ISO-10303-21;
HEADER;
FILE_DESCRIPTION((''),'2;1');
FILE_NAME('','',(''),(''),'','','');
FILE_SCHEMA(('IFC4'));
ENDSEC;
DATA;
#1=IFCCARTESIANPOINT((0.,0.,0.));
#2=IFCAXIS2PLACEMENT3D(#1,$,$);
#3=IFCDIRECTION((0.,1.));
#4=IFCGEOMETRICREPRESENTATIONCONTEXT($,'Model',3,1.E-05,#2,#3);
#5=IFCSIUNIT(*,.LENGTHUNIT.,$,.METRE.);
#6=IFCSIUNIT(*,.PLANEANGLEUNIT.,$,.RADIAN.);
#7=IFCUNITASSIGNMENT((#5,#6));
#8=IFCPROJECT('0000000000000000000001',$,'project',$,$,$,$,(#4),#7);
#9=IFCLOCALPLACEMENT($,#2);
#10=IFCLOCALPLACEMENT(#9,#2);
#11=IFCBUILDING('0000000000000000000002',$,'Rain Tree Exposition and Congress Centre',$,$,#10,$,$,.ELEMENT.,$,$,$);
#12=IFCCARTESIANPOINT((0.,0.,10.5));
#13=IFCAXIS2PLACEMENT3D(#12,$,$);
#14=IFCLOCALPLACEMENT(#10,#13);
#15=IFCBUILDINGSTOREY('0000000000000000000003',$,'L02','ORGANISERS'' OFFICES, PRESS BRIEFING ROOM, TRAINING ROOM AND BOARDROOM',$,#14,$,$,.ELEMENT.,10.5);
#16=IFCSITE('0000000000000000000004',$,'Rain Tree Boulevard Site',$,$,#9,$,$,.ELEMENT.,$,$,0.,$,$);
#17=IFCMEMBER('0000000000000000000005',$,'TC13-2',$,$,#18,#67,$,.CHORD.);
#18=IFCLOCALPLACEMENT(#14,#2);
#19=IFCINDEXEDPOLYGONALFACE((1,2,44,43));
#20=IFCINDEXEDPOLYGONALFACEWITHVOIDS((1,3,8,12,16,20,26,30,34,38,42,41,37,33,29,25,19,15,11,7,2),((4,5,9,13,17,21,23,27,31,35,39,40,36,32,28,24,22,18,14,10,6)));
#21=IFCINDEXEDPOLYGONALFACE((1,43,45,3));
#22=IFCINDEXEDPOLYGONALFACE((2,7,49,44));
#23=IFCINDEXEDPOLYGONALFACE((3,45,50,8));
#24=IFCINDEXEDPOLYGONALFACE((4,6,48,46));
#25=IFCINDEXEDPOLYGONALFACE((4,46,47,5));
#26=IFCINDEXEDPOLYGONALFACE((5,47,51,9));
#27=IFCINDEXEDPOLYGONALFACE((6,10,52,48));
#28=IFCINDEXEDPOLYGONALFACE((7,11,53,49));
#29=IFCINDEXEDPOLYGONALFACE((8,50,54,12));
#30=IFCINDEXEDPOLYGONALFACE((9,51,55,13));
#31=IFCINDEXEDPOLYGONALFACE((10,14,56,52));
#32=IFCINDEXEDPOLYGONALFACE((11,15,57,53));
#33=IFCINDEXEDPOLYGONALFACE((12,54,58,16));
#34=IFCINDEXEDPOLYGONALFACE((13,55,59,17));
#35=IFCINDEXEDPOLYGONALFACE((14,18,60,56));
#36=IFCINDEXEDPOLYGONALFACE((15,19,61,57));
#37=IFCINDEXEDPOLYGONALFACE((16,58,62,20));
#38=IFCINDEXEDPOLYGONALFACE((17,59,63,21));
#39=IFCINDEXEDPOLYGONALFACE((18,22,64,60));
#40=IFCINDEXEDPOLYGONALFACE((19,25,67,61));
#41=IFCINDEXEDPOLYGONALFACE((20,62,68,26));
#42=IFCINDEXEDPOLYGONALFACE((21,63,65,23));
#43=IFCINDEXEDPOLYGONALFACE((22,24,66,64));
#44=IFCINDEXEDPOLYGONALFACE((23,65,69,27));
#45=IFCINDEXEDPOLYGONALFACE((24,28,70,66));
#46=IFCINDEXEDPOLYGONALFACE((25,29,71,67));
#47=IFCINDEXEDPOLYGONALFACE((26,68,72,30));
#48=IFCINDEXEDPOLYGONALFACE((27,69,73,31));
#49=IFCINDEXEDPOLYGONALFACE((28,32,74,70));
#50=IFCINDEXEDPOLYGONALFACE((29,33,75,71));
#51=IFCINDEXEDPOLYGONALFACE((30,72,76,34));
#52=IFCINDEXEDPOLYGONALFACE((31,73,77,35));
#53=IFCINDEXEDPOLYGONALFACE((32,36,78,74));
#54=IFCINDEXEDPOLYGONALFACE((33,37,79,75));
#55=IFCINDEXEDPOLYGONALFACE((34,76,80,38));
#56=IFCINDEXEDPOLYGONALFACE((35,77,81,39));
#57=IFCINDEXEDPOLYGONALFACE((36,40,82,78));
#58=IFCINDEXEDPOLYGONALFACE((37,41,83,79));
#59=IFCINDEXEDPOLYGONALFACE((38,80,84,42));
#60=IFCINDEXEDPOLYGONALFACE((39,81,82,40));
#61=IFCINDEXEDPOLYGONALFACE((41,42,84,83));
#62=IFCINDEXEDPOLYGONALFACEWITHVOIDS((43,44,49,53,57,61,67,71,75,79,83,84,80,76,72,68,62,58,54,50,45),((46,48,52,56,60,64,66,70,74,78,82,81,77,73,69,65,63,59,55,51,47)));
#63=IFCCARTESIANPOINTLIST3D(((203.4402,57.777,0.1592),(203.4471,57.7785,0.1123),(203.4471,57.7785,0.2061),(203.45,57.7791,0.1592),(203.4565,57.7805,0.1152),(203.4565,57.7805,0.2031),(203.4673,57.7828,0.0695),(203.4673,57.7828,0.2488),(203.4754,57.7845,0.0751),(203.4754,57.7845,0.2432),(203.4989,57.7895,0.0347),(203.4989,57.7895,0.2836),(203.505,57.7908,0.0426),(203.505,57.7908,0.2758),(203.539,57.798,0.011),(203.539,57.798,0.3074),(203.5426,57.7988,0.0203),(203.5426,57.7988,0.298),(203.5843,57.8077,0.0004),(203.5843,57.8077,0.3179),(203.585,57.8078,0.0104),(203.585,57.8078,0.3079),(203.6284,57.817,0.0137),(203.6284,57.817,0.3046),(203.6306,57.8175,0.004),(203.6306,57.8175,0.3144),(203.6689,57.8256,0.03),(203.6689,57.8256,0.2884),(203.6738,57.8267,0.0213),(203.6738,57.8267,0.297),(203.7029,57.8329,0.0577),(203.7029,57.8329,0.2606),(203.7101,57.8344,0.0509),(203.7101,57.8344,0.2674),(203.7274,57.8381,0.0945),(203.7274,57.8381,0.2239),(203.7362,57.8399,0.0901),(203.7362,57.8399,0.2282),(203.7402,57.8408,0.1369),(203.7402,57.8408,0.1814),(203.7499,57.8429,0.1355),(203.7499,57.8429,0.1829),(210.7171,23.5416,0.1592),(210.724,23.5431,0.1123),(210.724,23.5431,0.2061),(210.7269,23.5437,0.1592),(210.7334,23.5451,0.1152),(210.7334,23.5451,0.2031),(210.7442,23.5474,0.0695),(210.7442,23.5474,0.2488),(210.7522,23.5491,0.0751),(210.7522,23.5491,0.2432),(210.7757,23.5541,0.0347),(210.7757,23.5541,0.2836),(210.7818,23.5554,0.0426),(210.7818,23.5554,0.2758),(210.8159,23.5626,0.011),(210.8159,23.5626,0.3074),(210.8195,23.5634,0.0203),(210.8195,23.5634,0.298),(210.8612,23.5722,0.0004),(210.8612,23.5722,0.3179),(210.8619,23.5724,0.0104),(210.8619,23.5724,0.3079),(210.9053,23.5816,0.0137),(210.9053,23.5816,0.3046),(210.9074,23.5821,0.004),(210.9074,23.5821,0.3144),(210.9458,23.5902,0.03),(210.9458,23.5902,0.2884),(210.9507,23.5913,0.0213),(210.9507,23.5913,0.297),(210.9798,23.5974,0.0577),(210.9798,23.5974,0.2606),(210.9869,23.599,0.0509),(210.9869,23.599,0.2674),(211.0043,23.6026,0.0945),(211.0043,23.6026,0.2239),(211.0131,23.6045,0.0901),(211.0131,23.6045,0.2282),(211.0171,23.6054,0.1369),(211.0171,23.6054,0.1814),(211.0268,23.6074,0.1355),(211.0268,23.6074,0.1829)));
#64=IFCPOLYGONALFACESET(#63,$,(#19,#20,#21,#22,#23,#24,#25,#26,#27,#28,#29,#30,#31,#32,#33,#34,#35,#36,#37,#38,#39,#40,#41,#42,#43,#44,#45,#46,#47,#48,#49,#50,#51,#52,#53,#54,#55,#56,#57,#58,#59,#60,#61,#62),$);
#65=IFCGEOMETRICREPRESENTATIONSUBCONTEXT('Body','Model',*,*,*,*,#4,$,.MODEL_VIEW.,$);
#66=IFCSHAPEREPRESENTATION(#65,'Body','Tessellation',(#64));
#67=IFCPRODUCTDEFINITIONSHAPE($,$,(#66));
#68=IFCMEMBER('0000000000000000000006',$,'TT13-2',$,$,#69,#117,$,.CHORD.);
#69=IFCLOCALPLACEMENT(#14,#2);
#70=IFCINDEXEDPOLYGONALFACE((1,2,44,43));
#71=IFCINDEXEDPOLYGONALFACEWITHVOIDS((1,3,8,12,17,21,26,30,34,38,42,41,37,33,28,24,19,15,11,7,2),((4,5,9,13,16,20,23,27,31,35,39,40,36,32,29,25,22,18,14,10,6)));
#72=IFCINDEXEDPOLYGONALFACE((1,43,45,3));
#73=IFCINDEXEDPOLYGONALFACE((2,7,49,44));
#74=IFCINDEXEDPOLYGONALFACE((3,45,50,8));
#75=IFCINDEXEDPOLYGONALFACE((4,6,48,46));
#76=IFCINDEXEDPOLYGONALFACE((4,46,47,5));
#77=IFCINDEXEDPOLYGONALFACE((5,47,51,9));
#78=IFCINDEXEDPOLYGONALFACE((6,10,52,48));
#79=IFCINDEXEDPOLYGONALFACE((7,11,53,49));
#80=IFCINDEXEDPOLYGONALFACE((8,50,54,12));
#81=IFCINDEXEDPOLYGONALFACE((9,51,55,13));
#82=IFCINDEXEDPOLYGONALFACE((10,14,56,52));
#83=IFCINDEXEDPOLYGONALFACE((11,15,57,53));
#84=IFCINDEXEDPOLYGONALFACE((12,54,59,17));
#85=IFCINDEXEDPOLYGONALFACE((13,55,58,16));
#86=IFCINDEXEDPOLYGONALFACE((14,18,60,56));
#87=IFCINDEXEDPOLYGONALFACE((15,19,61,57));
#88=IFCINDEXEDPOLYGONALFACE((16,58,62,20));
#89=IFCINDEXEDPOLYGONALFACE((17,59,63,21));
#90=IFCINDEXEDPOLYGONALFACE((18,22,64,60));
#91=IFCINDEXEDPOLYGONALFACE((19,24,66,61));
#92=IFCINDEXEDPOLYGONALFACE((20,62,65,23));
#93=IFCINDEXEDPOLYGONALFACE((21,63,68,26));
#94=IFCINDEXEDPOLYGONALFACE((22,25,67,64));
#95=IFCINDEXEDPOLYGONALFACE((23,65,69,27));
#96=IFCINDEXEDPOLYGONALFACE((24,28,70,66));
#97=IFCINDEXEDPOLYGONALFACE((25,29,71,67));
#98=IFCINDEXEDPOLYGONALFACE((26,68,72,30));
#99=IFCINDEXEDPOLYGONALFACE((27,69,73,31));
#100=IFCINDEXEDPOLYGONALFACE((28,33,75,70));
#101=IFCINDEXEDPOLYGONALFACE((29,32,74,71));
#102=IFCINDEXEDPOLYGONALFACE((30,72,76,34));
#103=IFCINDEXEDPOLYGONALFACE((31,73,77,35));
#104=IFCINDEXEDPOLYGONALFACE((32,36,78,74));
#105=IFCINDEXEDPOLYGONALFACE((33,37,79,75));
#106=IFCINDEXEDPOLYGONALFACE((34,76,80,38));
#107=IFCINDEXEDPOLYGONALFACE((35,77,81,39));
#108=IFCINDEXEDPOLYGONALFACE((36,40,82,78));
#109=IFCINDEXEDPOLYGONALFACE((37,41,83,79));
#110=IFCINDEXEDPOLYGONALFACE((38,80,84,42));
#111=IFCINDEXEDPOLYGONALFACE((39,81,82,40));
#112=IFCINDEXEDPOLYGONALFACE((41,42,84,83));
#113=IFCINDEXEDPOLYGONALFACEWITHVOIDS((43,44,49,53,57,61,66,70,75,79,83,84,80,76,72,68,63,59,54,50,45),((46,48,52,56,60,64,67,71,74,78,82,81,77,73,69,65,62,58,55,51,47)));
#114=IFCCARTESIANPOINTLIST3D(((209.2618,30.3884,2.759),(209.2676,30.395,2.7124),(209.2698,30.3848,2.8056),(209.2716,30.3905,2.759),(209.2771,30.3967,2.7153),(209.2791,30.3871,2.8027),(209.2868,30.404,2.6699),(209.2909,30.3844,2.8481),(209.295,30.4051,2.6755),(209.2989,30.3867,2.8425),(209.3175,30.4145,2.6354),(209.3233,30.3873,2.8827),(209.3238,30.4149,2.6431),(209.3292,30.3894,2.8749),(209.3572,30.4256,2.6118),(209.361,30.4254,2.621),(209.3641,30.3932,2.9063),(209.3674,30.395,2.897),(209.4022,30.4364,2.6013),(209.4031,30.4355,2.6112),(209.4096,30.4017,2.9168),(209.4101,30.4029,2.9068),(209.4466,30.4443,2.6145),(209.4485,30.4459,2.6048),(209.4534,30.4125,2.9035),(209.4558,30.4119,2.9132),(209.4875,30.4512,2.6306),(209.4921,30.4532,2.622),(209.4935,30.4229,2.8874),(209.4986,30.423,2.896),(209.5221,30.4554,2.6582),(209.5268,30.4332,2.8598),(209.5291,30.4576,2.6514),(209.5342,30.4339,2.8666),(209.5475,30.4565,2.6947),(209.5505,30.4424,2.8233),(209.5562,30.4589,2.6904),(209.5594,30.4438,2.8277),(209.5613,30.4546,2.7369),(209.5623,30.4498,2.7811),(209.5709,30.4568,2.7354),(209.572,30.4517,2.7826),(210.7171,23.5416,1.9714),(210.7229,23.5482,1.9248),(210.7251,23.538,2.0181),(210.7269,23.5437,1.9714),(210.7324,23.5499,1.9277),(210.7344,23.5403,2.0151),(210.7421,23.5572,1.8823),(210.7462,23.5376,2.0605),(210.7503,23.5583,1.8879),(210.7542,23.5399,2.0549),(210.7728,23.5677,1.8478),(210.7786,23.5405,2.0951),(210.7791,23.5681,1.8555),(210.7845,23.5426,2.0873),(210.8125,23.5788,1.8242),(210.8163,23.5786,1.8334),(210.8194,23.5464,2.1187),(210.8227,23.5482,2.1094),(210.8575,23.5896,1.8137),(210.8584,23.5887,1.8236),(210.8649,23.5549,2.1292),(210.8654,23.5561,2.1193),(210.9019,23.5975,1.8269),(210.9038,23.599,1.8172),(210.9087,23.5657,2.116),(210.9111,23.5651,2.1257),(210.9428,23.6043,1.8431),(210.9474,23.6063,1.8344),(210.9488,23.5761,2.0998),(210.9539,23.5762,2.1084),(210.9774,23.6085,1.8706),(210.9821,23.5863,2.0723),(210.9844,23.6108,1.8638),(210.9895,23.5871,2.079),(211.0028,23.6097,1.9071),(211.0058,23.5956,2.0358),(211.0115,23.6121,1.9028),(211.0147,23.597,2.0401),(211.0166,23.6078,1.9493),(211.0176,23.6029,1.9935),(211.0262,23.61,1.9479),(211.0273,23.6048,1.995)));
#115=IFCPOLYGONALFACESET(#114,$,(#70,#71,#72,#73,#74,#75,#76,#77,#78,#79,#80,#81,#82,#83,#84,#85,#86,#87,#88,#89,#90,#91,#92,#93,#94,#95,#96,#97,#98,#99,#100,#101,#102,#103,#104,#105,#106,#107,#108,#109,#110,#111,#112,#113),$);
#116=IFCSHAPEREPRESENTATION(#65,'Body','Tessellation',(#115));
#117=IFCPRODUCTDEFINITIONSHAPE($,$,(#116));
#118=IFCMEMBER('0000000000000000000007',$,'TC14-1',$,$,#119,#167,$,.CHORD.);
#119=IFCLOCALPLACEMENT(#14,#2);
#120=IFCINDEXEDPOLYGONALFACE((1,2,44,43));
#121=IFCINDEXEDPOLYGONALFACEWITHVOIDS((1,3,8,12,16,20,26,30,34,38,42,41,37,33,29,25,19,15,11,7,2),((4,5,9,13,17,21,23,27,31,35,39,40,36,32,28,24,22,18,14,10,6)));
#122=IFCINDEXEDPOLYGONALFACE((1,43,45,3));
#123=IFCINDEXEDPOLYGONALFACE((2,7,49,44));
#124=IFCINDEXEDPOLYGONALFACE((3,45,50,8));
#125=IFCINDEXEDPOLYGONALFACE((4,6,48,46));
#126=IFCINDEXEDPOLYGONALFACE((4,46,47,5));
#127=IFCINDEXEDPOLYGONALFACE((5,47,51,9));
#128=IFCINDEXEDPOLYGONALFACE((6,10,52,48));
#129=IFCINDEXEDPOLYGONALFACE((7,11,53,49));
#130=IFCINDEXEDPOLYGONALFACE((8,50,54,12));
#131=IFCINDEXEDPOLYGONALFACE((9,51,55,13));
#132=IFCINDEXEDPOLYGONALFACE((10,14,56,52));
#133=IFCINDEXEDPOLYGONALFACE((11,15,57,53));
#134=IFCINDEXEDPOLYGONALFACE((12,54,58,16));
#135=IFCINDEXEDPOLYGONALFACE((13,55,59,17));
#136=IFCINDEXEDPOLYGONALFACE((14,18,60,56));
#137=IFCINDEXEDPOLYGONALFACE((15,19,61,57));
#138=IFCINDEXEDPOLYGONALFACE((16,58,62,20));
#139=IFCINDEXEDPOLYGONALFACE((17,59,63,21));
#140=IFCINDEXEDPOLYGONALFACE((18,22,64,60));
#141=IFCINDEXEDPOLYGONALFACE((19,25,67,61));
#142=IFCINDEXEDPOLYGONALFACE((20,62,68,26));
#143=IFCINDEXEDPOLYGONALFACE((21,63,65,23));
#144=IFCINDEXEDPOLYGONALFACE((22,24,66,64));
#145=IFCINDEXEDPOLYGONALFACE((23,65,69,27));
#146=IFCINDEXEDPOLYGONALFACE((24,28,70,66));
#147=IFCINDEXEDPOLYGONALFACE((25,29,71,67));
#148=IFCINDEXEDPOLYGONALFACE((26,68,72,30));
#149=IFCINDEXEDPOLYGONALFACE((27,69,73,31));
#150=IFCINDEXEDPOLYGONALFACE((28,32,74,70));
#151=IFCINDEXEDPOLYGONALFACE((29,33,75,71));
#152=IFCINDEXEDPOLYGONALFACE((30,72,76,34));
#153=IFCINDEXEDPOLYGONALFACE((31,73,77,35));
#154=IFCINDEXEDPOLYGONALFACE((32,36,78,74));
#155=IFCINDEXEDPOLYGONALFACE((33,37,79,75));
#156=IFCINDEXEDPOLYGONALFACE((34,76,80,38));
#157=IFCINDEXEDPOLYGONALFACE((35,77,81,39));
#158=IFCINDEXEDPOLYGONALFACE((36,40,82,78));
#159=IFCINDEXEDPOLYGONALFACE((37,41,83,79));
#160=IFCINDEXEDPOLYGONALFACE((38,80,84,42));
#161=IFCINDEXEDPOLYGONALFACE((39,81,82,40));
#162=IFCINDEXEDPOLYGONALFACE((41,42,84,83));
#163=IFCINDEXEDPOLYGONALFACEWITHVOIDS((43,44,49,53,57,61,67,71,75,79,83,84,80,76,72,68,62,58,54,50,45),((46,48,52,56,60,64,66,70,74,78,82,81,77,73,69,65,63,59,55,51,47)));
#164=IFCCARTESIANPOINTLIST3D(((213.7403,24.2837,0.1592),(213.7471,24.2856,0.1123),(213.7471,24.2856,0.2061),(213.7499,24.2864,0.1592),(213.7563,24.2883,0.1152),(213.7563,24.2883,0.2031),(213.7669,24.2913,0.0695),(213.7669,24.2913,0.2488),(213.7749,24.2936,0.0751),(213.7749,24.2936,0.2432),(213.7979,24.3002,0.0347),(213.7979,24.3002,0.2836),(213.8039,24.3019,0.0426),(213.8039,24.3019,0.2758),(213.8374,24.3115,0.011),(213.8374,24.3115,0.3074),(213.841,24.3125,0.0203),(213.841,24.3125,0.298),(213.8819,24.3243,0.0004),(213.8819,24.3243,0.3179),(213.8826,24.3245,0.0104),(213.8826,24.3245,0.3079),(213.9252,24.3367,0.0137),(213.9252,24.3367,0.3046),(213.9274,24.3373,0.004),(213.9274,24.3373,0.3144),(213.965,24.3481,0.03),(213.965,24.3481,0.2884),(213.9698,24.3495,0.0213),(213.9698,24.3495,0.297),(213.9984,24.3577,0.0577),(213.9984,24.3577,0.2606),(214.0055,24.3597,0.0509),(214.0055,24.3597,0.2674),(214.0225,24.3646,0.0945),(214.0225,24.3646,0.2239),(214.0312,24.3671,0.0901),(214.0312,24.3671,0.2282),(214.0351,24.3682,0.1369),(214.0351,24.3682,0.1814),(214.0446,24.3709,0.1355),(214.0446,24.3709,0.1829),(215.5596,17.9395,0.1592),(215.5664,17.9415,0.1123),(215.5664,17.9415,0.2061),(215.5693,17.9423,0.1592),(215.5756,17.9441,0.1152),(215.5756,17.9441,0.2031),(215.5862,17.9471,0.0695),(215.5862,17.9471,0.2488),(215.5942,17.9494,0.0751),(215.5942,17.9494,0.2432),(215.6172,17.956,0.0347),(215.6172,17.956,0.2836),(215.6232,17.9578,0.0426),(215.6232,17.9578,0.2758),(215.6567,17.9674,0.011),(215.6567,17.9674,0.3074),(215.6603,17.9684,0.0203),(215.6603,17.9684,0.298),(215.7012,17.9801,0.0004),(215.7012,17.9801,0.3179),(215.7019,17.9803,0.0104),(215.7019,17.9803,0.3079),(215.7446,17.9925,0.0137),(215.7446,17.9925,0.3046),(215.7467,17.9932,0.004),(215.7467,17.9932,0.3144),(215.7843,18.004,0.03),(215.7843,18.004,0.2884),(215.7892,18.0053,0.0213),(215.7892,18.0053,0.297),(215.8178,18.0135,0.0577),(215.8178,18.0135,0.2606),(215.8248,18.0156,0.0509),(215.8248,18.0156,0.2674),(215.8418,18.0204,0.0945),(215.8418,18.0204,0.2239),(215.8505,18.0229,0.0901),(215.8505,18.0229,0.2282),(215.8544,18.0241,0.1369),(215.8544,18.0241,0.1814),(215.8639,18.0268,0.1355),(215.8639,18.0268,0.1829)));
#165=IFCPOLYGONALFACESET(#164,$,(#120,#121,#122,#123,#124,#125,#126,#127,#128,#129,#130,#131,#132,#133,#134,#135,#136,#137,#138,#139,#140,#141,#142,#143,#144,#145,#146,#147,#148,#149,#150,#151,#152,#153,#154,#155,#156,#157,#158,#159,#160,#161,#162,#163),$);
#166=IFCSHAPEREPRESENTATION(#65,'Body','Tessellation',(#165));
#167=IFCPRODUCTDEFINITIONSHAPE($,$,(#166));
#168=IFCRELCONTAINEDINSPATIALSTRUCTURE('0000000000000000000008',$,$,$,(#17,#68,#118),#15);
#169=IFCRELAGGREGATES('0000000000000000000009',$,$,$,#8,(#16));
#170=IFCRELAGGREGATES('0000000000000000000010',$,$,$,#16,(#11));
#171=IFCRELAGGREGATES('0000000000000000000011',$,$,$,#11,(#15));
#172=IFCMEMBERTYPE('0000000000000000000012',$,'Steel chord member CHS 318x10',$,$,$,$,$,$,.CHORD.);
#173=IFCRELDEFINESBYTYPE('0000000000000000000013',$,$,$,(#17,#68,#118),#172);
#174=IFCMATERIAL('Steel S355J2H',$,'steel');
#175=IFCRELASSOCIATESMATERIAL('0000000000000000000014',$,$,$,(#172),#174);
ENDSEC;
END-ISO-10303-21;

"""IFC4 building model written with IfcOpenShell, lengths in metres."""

from ifc_helpers import new_model, si_unit, direction, frame, origin, origin_2d, place, context, subcontext, project, spatial, hollow_circle, extrude, material, material_profile, profile_set, type_object, element, save


model = new_model("IFC4")

# Units and contexts
model_context = context("Model", 3, precision=1e-05, world=origin(), true_north=direction((0.0, 1.0)))
body_context = subcontext(model_context, "Body", "Model", "MODEL_VIEW")
ifc_project = project(units=[si_unit("LENGTHUNIT", "METRE"), si_unit("PLANEANGLEUNIT", "RADIAN")], contexts=[model_context])

# Site, building, storey
site_placement = place(None, origin())
site = spatial("IfcSite", under=ifc_project, at=site_placement, Name="Rain Tree Boulevard Site", CompositionType="ELEMENT", RefElevation=0.0)
building_placement = place(site_placement, origin())
building = spatial("IfcBuilding", under=site, at=building_placement, Name="Rain Tree Exposition and Congress Centre", CompositionType="ELEMENT")
storey_placement = place(building_placement, frame((0.0, 0.0, 10.5)))
storey = spatial("IfcBuildingStorey", under=building, at=storey_placement, Name="L02", Description="ORGANISERS' OFFICES, PRESS BRIEFING ROOM, TRAINING ROOM AND BOARDROOM", CompositionType="ELEMENT", Elevation=10.5)

# Members
ifc_material_1 = material(Name="Steel S355J2H", Category="steel")
ifc_material_profile_1 = material_profile(ifc_material_1, hollow_circle(Radius=0.1592, WallThickness=0.01, at=origin_2d()), Name="CHS 318x10")
ifc_profile_set_1 = profile_set([ifc_material_profile_1], Name="Steel S355J2H")
member_type_1 = type_object("IfcMemberType", Name="Steel chord member CHS 318x10", PredefinedType="CHORD", material=ifc_profile_set_1)
member_1_placement = place(storey_placement, frame((210.8728, 23.5747, 0.1592), z_axis=(-0.207909, 0.978148, 0.0), x_axis=(-0.978148, -0.207909, 0.0)))
element("IfcMember", 1, at=member_1_placement, inside=storey, type_object=member_type_1, Name="TC13-2", PredefinedType="CHORD", context=body_context, shape_type="SweptSolid", body=[
    extrude(hollow_circle(Radius=0.1592, WallThickness=0.01, at=origin_2d()), origin(), (0.0, 0.0, 1.0), 35.0002),
])
member_2_placement = place(storey_placement, frame((210.8728, 23.5747, 1.9714), z_axis=(-0.206603, 0.972015, 0.11181), x_axis=(-0.978149, -0.207907, 0.0)))
element("IfcMember", 2, at=member_2_placement, inside=storey, type_object=member_type_1, Name="TT13-2", PredefinedType="CHORD", context=body_context, shape_type="SweptSolid", body=[
    extrude(hollow_circle(Radius=0.1592, WallThickness=0.01, at=origin_2d()), origin(), (0.0, 0.0, 1.0), 7.0439),
])
member_3_placement = place(storey_placement, frame((215.7126, 17.9834, 0.1592), z_axis=(-0.275659, 0.961255, 0.0), x_axis=(-0.961255, -0.275659, 0.0)))
element("IfcMember", 3, at=member_3_placement, inside=storey, type_object=member_type_1, Name="TC14-1", PredefinedType="CHORD", context=body_context, shape_type="SweptSolid", body=[
    extrude(hollow_circle(Radius=0.1592, WallThickness=0.01, at=origin_2d()), origin(), (0.0, 0.0, 1.0), 6.5999),
])

save(model, "model.ifc")
